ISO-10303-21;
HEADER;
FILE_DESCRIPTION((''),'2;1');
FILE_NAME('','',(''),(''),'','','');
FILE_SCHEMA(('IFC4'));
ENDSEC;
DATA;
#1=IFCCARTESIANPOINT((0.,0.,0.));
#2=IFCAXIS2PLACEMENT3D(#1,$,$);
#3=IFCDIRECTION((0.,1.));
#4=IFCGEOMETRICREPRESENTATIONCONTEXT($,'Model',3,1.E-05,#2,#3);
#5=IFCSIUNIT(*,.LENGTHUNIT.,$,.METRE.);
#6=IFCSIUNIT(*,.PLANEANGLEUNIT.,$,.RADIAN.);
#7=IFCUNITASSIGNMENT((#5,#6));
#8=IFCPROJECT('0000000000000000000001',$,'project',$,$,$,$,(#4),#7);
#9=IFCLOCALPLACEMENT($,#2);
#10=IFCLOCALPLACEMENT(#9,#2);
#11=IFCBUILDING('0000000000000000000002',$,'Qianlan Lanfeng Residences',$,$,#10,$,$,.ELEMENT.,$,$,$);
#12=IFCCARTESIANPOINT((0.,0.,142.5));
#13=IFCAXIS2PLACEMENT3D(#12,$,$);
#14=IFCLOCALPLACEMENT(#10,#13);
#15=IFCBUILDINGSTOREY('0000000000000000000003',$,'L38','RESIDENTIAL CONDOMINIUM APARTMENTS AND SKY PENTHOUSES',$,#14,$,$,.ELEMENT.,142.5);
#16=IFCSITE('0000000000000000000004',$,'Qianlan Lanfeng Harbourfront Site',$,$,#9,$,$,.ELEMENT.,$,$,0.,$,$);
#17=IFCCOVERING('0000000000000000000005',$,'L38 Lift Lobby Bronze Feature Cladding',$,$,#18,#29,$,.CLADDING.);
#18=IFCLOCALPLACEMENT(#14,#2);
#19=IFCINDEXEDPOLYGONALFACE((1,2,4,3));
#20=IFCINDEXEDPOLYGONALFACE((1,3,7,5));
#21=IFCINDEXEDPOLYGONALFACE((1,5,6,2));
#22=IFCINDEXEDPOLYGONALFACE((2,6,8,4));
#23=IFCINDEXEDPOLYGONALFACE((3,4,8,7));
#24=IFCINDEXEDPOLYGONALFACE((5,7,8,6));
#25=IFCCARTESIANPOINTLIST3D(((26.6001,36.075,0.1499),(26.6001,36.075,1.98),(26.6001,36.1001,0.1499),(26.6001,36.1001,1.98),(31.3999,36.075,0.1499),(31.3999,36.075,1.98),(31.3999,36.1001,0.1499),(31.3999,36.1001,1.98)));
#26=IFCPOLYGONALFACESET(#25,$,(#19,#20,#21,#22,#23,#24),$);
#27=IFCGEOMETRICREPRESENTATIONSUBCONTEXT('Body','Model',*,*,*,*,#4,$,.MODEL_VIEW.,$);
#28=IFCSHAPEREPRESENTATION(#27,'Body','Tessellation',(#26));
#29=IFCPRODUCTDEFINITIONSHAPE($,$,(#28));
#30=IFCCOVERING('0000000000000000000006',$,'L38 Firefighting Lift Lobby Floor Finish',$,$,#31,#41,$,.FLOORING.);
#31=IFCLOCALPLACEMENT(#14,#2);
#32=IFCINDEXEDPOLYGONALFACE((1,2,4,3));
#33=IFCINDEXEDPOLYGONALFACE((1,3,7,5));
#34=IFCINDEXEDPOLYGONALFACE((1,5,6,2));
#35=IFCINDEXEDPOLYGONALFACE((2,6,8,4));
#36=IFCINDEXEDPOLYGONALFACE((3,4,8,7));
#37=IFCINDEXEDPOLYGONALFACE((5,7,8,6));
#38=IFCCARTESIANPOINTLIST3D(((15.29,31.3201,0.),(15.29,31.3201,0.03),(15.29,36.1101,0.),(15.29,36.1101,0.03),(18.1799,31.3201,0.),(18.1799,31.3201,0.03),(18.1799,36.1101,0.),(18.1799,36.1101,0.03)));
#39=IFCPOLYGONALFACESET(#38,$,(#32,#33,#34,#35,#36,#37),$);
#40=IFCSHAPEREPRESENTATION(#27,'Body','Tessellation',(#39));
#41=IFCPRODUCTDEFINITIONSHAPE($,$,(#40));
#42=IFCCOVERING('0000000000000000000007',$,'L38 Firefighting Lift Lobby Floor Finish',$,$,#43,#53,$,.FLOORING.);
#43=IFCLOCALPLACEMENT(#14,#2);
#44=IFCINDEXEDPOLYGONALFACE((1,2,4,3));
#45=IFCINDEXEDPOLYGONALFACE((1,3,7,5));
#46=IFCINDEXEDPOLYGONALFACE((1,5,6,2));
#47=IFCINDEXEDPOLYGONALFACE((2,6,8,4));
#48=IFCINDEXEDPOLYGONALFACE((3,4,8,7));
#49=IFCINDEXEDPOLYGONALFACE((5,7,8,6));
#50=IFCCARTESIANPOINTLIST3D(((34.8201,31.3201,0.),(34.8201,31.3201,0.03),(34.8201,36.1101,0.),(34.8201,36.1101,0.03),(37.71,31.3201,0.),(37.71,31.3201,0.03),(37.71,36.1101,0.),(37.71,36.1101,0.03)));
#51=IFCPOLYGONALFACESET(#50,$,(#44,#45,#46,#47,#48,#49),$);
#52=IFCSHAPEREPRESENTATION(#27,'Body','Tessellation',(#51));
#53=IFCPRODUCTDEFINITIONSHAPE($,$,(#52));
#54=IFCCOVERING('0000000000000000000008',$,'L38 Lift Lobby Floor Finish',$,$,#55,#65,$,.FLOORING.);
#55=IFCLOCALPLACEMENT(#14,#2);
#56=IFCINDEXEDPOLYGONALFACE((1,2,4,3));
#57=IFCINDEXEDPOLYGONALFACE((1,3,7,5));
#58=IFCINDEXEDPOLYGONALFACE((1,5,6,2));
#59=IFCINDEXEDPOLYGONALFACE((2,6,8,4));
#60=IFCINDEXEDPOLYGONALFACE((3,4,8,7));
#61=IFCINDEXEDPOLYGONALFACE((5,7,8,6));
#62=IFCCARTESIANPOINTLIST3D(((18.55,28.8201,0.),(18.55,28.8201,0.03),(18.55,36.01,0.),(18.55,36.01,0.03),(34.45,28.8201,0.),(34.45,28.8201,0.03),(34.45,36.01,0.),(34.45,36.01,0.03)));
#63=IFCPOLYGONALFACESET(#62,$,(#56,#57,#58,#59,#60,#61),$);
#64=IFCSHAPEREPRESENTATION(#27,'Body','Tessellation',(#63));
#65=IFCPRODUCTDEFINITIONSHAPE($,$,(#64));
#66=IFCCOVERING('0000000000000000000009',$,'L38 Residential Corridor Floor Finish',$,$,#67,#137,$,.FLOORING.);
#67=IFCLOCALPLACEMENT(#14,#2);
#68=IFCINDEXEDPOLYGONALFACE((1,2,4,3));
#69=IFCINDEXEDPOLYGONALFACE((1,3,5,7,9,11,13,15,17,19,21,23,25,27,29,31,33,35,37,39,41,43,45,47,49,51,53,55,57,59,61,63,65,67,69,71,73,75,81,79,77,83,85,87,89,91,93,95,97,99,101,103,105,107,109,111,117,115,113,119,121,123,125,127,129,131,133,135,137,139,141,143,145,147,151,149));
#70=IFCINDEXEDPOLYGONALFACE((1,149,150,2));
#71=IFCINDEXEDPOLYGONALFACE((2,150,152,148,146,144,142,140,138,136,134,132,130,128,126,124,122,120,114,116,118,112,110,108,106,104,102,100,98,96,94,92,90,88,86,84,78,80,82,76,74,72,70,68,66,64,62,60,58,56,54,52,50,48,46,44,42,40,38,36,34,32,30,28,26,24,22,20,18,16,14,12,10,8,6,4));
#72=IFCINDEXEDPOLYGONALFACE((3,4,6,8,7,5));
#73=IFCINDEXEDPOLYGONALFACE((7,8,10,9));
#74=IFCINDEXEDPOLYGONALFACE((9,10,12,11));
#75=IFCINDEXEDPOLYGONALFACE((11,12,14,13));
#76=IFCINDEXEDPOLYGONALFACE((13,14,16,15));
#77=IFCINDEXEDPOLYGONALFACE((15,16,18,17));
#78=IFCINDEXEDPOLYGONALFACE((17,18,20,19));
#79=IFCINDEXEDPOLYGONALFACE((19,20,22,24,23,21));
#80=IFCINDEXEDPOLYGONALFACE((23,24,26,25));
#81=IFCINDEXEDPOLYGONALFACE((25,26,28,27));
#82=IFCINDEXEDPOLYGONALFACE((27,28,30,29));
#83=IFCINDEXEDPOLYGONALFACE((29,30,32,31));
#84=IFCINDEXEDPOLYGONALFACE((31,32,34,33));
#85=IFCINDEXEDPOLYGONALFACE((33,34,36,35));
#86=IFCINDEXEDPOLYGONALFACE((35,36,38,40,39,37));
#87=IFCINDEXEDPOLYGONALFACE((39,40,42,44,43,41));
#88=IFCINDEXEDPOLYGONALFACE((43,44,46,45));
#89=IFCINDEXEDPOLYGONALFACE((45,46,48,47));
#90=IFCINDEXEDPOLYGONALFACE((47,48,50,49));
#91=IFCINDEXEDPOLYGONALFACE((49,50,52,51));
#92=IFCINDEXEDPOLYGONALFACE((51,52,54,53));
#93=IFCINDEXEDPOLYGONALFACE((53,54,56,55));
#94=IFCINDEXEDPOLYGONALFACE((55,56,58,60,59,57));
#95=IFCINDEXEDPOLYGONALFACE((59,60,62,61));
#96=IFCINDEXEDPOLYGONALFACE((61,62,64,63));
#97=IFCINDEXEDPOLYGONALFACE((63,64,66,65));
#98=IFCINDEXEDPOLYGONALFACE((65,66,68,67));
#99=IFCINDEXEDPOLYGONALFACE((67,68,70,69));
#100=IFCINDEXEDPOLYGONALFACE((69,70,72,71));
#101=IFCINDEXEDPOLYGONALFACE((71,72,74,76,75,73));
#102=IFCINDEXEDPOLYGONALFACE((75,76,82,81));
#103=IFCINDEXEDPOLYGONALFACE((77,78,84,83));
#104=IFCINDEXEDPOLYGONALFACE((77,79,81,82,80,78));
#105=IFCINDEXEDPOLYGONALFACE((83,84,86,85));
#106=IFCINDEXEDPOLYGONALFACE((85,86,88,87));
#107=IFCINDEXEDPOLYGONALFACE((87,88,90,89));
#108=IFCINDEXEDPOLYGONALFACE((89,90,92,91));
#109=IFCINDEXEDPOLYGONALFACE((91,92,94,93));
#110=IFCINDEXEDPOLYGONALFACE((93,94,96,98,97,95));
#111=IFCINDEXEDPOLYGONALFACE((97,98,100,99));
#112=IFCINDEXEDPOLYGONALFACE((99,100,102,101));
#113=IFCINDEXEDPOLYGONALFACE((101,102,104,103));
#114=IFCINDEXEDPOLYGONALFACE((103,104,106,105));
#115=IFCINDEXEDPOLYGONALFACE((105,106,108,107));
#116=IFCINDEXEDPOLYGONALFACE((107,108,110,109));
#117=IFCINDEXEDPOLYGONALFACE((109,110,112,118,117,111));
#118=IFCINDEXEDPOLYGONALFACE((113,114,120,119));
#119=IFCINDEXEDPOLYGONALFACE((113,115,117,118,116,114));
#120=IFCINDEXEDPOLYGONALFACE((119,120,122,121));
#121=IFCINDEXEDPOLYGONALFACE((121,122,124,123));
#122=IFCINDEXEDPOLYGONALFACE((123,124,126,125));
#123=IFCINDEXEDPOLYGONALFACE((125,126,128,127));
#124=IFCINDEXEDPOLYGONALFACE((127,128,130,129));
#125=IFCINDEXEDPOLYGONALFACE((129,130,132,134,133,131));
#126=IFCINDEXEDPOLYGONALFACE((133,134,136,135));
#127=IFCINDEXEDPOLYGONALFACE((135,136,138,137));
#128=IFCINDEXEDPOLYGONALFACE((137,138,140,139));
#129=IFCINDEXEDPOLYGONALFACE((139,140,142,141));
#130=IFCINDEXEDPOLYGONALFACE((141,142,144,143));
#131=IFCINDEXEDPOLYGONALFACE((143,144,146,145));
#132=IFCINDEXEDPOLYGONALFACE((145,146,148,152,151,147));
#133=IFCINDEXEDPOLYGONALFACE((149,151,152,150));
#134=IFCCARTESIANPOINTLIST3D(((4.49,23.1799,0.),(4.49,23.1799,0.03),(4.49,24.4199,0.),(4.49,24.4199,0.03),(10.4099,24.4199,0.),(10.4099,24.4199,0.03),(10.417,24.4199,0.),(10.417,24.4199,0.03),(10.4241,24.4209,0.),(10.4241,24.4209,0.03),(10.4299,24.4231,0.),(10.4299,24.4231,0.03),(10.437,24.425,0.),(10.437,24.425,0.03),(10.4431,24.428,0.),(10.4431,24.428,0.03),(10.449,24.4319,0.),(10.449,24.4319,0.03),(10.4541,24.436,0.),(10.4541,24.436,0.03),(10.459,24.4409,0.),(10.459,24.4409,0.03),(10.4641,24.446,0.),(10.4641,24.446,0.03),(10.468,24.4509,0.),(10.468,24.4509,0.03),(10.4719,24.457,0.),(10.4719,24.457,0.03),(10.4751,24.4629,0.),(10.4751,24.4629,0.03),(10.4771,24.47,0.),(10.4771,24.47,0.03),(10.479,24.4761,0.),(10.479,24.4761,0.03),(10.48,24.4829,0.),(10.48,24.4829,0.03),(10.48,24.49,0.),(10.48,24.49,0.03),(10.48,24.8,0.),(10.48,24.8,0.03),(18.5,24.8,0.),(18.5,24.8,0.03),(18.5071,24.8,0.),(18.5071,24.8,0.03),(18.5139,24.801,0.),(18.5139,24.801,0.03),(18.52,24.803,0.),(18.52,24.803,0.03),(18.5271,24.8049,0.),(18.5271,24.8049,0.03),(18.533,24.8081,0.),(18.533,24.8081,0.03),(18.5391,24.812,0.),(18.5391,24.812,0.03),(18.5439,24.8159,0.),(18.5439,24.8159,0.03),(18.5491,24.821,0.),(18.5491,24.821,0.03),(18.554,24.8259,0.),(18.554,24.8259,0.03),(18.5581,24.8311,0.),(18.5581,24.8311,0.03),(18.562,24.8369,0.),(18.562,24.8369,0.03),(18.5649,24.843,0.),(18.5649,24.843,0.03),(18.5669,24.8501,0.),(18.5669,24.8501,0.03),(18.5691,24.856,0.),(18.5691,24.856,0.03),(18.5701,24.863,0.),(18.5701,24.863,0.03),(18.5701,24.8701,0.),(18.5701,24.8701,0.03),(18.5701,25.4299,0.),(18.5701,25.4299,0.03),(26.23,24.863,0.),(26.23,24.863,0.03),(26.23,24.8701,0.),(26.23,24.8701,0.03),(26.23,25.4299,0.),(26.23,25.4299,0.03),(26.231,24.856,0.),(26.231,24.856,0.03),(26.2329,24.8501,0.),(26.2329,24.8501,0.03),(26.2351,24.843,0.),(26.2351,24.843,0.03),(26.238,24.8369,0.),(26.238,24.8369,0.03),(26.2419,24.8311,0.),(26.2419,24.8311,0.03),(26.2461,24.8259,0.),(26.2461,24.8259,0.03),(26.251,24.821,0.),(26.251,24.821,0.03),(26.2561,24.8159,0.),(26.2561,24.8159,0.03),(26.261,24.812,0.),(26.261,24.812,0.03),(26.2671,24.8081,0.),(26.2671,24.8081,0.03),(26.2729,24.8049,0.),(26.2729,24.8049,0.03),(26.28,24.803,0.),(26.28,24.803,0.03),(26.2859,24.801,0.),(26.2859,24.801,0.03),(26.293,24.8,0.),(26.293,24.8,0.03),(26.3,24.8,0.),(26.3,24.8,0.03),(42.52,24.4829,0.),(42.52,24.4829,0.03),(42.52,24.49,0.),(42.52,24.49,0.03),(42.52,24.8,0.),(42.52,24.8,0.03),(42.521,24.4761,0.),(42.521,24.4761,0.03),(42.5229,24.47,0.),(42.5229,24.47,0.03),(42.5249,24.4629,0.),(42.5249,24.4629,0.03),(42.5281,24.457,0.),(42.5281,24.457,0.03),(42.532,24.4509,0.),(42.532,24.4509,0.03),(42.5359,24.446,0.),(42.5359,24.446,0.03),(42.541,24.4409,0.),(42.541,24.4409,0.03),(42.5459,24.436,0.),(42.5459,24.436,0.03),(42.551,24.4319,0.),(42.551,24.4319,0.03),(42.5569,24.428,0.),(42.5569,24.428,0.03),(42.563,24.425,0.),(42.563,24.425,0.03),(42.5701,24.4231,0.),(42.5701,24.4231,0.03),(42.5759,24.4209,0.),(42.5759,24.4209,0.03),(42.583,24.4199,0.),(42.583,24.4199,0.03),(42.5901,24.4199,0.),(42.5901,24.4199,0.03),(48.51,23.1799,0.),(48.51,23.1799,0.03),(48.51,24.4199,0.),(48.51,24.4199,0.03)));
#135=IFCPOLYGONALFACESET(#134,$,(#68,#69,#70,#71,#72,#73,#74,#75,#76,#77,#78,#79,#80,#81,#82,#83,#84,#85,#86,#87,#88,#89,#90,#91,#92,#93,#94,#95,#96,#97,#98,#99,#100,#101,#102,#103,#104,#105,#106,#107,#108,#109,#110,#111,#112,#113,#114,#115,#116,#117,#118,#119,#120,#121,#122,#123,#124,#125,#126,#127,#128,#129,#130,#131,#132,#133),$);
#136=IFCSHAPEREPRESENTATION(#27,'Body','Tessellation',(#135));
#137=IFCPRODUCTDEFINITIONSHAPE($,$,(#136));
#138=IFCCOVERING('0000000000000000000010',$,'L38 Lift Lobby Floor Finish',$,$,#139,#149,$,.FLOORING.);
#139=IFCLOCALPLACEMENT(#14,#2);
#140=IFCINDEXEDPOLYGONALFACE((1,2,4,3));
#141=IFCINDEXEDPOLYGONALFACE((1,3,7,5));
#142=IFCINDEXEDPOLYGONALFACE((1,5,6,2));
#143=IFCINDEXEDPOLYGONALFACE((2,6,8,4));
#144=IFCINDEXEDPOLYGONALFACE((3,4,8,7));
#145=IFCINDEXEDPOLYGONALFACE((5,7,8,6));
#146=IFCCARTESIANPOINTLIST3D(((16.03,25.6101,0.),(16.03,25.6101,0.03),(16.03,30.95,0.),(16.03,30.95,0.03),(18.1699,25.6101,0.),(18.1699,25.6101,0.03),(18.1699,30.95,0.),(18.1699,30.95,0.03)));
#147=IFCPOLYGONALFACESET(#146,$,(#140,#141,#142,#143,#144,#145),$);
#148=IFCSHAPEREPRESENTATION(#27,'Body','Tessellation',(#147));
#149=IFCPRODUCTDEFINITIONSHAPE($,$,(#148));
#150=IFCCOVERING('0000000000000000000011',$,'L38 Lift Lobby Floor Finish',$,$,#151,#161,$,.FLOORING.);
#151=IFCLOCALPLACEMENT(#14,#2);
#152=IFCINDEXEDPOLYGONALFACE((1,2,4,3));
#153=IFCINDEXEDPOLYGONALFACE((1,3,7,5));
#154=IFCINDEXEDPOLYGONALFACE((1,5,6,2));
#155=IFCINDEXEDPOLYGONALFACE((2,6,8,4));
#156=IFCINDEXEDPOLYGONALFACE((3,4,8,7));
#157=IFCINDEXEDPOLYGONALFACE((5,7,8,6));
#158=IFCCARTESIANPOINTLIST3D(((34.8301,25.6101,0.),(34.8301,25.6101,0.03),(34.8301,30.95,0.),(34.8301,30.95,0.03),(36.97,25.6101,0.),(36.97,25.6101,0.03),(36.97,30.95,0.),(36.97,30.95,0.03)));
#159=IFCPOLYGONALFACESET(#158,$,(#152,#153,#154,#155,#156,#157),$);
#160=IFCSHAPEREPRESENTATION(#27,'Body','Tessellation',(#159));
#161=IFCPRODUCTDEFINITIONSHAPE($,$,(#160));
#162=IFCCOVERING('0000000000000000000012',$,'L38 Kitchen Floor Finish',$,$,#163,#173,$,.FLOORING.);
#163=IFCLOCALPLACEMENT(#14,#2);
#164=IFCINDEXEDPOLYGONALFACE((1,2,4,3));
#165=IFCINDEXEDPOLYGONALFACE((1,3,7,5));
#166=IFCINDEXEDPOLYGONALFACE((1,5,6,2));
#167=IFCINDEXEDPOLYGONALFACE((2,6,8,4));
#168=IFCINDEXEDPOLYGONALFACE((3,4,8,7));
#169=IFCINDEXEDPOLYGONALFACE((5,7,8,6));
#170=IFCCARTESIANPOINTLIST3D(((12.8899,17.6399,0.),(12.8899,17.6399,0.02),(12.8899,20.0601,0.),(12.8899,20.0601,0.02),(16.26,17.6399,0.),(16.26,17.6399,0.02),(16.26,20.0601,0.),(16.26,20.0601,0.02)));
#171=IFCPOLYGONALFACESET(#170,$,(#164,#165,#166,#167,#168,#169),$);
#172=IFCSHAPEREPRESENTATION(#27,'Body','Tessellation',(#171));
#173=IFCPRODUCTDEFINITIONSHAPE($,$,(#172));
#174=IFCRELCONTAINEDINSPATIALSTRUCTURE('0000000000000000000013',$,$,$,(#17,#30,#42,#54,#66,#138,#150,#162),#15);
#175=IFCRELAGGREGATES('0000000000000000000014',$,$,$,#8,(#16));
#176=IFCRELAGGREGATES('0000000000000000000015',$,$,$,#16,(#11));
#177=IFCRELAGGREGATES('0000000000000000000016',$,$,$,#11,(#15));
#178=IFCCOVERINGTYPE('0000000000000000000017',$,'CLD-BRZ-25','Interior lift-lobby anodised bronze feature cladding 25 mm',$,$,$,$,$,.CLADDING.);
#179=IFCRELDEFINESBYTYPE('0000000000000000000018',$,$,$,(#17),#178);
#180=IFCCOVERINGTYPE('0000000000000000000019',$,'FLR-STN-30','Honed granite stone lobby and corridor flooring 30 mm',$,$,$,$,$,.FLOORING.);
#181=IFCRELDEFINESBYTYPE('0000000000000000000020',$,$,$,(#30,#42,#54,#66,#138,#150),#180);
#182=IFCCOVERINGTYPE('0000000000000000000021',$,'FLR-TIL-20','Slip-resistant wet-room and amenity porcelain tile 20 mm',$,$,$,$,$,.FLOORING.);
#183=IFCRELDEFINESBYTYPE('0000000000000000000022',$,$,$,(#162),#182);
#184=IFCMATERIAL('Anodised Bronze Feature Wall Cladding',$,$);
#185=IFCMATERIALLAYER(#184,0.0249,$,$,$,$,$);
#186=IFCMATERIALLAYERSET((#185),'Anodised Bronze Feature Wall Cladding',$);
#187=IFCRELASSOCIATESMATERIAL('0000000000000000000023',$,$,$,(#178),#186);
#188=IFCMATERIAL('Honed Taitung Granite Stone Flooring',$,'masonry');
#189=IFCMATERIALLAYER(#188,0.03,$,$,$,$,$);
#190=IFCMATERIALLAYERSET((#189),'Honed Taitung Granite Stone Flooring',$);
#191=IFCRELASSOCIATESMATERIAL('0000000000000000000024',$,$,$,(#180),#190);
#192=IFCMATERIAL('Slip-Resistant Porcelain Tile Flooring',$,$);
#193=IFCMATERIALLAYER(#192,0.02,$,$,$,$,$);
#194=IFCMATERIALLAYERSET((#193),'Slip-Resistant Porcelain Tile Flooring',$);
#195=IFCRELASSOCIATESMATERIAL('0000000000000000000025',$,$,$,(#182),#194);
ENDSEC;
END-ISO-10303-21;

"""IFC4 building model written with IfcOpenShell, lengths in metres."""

from ifc_helpers import new_model, si_unit, direction, frame, origin, place, context, subcontext, project, spatial, polyline, outline, extrude, material, layer, layer_set, type_object, element, save


model = new_model("IFC4")

# Units and contexts
model_context = context("Model", 3, precision=1e-05, world=origin(), true_north=direction((0.0, 1.0)))
body_context = subcontext(model_context, "Body", "Model", "MODEL_VIEW")
ifc_project = project(units=[si_unit("LENGTHUNIT", "METRE"), si_unit("PLANEANGLEUNIT", "RADIAN")], contexts=[model_context])

# Site, building, storey
site_placement = place(None, origin())
site = spatial("IfcSite", under=ifc_project, at=site_placement, Name="Qianlan Lanfeng Harbourfront Site", CompositionType="ELEMENT", RefElevation=0.0)
building_placement = place(site_placement, origin())
building = spatial("IfcBuilding", under=site, at=building_placement, Name="Qianlan Lanfeng Residences", CompositionType="ELEMENT")
storey_placement = place(building_placement, frame((0.0, 0.0, 142.5)))
storey = spatial("IfcBuildingStorey", under=building, at=storey_placement, Name="L38", Description="RESIDENTIAL CONDOMINIUM APARTMENTS AND SKY PENTHOUSES", CompositionType="ELEMENT", Elevation=142.5)

# Coverings
ifc_material_1 = material(Name="Anodised Bronze Feature Wall Cladding")
ifc_layer_1 = layer(ifc_material_1, 0.0249)
ifc_layer_set_1 = layer_set([ifc_layer_1], Name="Anodised Bronze Feature Wall Cladding")
covering_type_1 = type_object("IfcCoveringType", Name="CLD-BRZ-25", Description="Interior lift-lobby anodised bronze feature cladding 25 mm", PredefinedType="CLADDING", material=ifc_layer_set_1)
covering_1_placement = place(storey_placement, frame((0.0, 0.0, 0.1499)))
element("IfcCovering", 1, at=covering_1_placement, inside=storey, type_object=covering_type_1, Name="L38 Lift Lobby Bronze Feature Cladding", PredefinedType="CLADDING", context=body_context, shape_type="SweptSolid", body=[
    extrude(outline(polyline([(26.6001, 36.075), (31.3999, 36.075), (31.3999, 36.1001), (26.6001, 36.1001), (26.6001, 36.075)])), origin(), (0.0, 0.0, 1.0), 1.8301),
])
ifc_material_2 = material(Name="Honed Taitung Granite Stone Flooring", Category="masonry")
ifc_layer_2 = layer(ifc_material_2, 0.03)
ifc_layer_set_2 = layer_set([ifc_layer_2], Name="Honed Taitung Granite Stone Flooring")
covering_type_2 = type_object("IfcCoveringType", Name="FLR-STN-30", Description="Honed granite stone lobby and corridor flooring 30 mm", PredefinedType="FLOORING", material=ifc_layer_set_2)
covering_2_placement = place(storey_placement, origin())
element("IfcCovering", 2, at=covering_2_placement, inside=storey, type_object=covering_type_2, Name="L38 Firefighting Lift Lobby Floor Finish", PredefinedType="FLOORING", context=body_context, shape_type="SweptSolid", body=[
    extrude(outline(polyline([(15.29, 31.3201), (18.1799, 31.3201), (18.1799, 36.1101), (15.29, 36.1101), (15.29, 31.3201)])), origin(), (0.0, 0.0, 1.0), 0.03),
])
covering_3_placement = place(storey_placement, origin())
element("IfcCovering", 3, at=covering_3_placement, inside=storey, type_object=covering_type_2, Name="L38 Firefighting Lift Lobby Floor Finish", PredefinedType="FLOORING", context=body_context, shape_type="SweptSolid", body=[
    extrude(outline(polyline([(34.8201, 31.3201), (37.71, 31.3201), (37.71, 36.1101), (34.8201, 36.1101), (34.8201, 31.3201)])), origin(), (0.0, 0.0, 1.0), 0.03),
])
covering_4_placement = place(storey_placement, origin())
element("IfcCovering", 4, at=covering_4_placement, inside=storey, type_object=covering_type_2, Name="L38 Lift Lobby Floor Finish", PredefinedType="FLOORING", context=body_context, shape_type="SweptSolid", body=[
    extrude(outline(polyline([(18.55, 28.8201), (34.45, 28.8201), (34.45, 36.01), (18.55, 36.01), (18.55, 28.8201)])), origin(), (0.0, 0.0, 1.0), 0.03),
])
covering_5_placement = place(storey_placement, origin())
element("IfcCovering", 5, at=covering_5_placement, inside=storey, type_object=covering_type_2, Name="L38 Residential Corridor Floor Finish", PredefinedType="FLOORING", context=body_context, shape_type="SweptSolid", body=[
    extrude(outline(polyline([(4.49, 23.1799), (48.51, 23.1799), (48.51, 24.4199), (42.5901, 24.4199), (42.583, 24.4199), (42.5759, 24.4209), (42.5701, 24.4231), (42.563, 24.425), (42.5569, 24.428), (42.551, 24.4319), (42.5459, 24.436), (42.541, 24.4409), (42.5359, 24.446), (42.532, 24.4509), (42.5281, 24.457), (42.5249, 24.4629), (42.5229, 24.47), (42.521, 24.4761), (42.52, 24.4829), (42.52, 24.49), (42.52, 24.8), (26.3, 24.8), (26.293, 24.8), (26.2859, 24.801), (26.28, 24.803), (26.2729, 24.8049), (26.2671, 24.8081), (26.261, 24.812), (26.2561, 24.8159), (26.251, 24.821), (26.2461, 24.8259), (26.2419, 24.8311), (26.238, 24.8369), (26.2351, 24.843), (26.2329, 24.8501), (26.231, 24.856), (26.23, 24.863), (26.23, 24.8701), (26.23, 25.4299), (18.5701, 25.4299), (18.5701, 24.8701), (18.5701, 24.863), (18.5691, 24.856), (18.5669, 24.8501), (18.5649, 24.843), (18.562, 24.8369), (18.5581, 24.8311), (18.554, 24.8259), (18.5491, 24.821), (18.5439, 24.8159), (18.5391, 24.812), (18.533, 24.8081), (18.5271, 24.8049), (18.52, 24.803), (18.5139, 24.801), (18.5071, 24.8), (18.5, 24.8), (10.48, 24.8), (10.48, 24.49), (10.48, 24.4829), (10.479, 24.4761), (10.4771, 24.47), (10.4751, 24.4629), (10.4719, 24.457), (10.468, 24.4509), (10.4641, 24.446), (10.459, 24.4409), (10.4541, 24.436), (10.449, 24.4319), (10.4431, 24.428), (10.437, 24.425), (10.4299, 24.4231), (10.4241, 24.4209), (10.417, 24.4199), (10.4099, 24.4199), (4.49, 24.4199), (4.49, 23.1799)])), origin(), (0.0, 0.0, 1.0), 0.03),
])
covering_6_placement = place(storey_placement, origin())
element("IfcCovering", 6, at=covering_6_placement, inside=storey, type_object=covering_type_2, Name="L38 Lift Lobby Floor Finish", PredefinedType="FLOORING", context=body_context, shape_type="SweptSolid", body=[
    extrude(outline(polyline([(16.03, 25.6101), (18.1699, 25.6101), (18.1699, 30.95), (16.03, 30.95), (16.03, 25.6101)])), origin(), (0.0, 0.0, 1.0), 0.03),
])
covering_7_placement = place(storey_placement, origin())
element("IfcCovering", 7, at=covering_7_placement, inside=storey, type_object=covering_type_2, Name="L38 Lift Lobby Floor Finish", PredefinedType="FLOORING", context=body_context, shape_type="SweptSolid", body=[
    extrude(outline(polyline([(34.8301, 25.6101), (36.97, 25.6101), (36.97, 30.95), (34.8301, 30.95), (34.8301, 25.6101)])), origin(), (0.0, 0.0, 1.0), 0.03),
])
ifc_material_3 = material(Name="Slip-Resistant Porcelain Tile Flooring")
ifc_layer_3 = layer(ifc_material_3, 0.02)
ifc_layer_set_3 = layer_set([ifc_layer_3], Name="Slip-Resistant Porcelain Tile Flooring")
covering_type_3 = type_object("IfcCoveringType", Name="FLR-TIL-20", Description="Slip-resistant wet-room and amenity porcelain tile 20 mm", PredefinedType="FLOORING", material=ifc_layer_set_3)
covering_8_placement = place(storey_placement, origin())
element("IfcCovering", 8, at=covering_8_placement, inside=storey, type_object=covering_type_3, Name="L38 Kitchen Floor Finish", PredefinedType="FLOORING", context=body_context, shape_type="SweptSolid", body=[
    extrude(outline(polyline([(12.8899, 17.6399), (16.26, 17.6399), (16.26, 20.0601), (12.8899, 20.0601), (12.8899, 17.6399)])), origin(), (0.0, 0.0, 1.0), 0.02),
])

save(model, "model.ifc")
